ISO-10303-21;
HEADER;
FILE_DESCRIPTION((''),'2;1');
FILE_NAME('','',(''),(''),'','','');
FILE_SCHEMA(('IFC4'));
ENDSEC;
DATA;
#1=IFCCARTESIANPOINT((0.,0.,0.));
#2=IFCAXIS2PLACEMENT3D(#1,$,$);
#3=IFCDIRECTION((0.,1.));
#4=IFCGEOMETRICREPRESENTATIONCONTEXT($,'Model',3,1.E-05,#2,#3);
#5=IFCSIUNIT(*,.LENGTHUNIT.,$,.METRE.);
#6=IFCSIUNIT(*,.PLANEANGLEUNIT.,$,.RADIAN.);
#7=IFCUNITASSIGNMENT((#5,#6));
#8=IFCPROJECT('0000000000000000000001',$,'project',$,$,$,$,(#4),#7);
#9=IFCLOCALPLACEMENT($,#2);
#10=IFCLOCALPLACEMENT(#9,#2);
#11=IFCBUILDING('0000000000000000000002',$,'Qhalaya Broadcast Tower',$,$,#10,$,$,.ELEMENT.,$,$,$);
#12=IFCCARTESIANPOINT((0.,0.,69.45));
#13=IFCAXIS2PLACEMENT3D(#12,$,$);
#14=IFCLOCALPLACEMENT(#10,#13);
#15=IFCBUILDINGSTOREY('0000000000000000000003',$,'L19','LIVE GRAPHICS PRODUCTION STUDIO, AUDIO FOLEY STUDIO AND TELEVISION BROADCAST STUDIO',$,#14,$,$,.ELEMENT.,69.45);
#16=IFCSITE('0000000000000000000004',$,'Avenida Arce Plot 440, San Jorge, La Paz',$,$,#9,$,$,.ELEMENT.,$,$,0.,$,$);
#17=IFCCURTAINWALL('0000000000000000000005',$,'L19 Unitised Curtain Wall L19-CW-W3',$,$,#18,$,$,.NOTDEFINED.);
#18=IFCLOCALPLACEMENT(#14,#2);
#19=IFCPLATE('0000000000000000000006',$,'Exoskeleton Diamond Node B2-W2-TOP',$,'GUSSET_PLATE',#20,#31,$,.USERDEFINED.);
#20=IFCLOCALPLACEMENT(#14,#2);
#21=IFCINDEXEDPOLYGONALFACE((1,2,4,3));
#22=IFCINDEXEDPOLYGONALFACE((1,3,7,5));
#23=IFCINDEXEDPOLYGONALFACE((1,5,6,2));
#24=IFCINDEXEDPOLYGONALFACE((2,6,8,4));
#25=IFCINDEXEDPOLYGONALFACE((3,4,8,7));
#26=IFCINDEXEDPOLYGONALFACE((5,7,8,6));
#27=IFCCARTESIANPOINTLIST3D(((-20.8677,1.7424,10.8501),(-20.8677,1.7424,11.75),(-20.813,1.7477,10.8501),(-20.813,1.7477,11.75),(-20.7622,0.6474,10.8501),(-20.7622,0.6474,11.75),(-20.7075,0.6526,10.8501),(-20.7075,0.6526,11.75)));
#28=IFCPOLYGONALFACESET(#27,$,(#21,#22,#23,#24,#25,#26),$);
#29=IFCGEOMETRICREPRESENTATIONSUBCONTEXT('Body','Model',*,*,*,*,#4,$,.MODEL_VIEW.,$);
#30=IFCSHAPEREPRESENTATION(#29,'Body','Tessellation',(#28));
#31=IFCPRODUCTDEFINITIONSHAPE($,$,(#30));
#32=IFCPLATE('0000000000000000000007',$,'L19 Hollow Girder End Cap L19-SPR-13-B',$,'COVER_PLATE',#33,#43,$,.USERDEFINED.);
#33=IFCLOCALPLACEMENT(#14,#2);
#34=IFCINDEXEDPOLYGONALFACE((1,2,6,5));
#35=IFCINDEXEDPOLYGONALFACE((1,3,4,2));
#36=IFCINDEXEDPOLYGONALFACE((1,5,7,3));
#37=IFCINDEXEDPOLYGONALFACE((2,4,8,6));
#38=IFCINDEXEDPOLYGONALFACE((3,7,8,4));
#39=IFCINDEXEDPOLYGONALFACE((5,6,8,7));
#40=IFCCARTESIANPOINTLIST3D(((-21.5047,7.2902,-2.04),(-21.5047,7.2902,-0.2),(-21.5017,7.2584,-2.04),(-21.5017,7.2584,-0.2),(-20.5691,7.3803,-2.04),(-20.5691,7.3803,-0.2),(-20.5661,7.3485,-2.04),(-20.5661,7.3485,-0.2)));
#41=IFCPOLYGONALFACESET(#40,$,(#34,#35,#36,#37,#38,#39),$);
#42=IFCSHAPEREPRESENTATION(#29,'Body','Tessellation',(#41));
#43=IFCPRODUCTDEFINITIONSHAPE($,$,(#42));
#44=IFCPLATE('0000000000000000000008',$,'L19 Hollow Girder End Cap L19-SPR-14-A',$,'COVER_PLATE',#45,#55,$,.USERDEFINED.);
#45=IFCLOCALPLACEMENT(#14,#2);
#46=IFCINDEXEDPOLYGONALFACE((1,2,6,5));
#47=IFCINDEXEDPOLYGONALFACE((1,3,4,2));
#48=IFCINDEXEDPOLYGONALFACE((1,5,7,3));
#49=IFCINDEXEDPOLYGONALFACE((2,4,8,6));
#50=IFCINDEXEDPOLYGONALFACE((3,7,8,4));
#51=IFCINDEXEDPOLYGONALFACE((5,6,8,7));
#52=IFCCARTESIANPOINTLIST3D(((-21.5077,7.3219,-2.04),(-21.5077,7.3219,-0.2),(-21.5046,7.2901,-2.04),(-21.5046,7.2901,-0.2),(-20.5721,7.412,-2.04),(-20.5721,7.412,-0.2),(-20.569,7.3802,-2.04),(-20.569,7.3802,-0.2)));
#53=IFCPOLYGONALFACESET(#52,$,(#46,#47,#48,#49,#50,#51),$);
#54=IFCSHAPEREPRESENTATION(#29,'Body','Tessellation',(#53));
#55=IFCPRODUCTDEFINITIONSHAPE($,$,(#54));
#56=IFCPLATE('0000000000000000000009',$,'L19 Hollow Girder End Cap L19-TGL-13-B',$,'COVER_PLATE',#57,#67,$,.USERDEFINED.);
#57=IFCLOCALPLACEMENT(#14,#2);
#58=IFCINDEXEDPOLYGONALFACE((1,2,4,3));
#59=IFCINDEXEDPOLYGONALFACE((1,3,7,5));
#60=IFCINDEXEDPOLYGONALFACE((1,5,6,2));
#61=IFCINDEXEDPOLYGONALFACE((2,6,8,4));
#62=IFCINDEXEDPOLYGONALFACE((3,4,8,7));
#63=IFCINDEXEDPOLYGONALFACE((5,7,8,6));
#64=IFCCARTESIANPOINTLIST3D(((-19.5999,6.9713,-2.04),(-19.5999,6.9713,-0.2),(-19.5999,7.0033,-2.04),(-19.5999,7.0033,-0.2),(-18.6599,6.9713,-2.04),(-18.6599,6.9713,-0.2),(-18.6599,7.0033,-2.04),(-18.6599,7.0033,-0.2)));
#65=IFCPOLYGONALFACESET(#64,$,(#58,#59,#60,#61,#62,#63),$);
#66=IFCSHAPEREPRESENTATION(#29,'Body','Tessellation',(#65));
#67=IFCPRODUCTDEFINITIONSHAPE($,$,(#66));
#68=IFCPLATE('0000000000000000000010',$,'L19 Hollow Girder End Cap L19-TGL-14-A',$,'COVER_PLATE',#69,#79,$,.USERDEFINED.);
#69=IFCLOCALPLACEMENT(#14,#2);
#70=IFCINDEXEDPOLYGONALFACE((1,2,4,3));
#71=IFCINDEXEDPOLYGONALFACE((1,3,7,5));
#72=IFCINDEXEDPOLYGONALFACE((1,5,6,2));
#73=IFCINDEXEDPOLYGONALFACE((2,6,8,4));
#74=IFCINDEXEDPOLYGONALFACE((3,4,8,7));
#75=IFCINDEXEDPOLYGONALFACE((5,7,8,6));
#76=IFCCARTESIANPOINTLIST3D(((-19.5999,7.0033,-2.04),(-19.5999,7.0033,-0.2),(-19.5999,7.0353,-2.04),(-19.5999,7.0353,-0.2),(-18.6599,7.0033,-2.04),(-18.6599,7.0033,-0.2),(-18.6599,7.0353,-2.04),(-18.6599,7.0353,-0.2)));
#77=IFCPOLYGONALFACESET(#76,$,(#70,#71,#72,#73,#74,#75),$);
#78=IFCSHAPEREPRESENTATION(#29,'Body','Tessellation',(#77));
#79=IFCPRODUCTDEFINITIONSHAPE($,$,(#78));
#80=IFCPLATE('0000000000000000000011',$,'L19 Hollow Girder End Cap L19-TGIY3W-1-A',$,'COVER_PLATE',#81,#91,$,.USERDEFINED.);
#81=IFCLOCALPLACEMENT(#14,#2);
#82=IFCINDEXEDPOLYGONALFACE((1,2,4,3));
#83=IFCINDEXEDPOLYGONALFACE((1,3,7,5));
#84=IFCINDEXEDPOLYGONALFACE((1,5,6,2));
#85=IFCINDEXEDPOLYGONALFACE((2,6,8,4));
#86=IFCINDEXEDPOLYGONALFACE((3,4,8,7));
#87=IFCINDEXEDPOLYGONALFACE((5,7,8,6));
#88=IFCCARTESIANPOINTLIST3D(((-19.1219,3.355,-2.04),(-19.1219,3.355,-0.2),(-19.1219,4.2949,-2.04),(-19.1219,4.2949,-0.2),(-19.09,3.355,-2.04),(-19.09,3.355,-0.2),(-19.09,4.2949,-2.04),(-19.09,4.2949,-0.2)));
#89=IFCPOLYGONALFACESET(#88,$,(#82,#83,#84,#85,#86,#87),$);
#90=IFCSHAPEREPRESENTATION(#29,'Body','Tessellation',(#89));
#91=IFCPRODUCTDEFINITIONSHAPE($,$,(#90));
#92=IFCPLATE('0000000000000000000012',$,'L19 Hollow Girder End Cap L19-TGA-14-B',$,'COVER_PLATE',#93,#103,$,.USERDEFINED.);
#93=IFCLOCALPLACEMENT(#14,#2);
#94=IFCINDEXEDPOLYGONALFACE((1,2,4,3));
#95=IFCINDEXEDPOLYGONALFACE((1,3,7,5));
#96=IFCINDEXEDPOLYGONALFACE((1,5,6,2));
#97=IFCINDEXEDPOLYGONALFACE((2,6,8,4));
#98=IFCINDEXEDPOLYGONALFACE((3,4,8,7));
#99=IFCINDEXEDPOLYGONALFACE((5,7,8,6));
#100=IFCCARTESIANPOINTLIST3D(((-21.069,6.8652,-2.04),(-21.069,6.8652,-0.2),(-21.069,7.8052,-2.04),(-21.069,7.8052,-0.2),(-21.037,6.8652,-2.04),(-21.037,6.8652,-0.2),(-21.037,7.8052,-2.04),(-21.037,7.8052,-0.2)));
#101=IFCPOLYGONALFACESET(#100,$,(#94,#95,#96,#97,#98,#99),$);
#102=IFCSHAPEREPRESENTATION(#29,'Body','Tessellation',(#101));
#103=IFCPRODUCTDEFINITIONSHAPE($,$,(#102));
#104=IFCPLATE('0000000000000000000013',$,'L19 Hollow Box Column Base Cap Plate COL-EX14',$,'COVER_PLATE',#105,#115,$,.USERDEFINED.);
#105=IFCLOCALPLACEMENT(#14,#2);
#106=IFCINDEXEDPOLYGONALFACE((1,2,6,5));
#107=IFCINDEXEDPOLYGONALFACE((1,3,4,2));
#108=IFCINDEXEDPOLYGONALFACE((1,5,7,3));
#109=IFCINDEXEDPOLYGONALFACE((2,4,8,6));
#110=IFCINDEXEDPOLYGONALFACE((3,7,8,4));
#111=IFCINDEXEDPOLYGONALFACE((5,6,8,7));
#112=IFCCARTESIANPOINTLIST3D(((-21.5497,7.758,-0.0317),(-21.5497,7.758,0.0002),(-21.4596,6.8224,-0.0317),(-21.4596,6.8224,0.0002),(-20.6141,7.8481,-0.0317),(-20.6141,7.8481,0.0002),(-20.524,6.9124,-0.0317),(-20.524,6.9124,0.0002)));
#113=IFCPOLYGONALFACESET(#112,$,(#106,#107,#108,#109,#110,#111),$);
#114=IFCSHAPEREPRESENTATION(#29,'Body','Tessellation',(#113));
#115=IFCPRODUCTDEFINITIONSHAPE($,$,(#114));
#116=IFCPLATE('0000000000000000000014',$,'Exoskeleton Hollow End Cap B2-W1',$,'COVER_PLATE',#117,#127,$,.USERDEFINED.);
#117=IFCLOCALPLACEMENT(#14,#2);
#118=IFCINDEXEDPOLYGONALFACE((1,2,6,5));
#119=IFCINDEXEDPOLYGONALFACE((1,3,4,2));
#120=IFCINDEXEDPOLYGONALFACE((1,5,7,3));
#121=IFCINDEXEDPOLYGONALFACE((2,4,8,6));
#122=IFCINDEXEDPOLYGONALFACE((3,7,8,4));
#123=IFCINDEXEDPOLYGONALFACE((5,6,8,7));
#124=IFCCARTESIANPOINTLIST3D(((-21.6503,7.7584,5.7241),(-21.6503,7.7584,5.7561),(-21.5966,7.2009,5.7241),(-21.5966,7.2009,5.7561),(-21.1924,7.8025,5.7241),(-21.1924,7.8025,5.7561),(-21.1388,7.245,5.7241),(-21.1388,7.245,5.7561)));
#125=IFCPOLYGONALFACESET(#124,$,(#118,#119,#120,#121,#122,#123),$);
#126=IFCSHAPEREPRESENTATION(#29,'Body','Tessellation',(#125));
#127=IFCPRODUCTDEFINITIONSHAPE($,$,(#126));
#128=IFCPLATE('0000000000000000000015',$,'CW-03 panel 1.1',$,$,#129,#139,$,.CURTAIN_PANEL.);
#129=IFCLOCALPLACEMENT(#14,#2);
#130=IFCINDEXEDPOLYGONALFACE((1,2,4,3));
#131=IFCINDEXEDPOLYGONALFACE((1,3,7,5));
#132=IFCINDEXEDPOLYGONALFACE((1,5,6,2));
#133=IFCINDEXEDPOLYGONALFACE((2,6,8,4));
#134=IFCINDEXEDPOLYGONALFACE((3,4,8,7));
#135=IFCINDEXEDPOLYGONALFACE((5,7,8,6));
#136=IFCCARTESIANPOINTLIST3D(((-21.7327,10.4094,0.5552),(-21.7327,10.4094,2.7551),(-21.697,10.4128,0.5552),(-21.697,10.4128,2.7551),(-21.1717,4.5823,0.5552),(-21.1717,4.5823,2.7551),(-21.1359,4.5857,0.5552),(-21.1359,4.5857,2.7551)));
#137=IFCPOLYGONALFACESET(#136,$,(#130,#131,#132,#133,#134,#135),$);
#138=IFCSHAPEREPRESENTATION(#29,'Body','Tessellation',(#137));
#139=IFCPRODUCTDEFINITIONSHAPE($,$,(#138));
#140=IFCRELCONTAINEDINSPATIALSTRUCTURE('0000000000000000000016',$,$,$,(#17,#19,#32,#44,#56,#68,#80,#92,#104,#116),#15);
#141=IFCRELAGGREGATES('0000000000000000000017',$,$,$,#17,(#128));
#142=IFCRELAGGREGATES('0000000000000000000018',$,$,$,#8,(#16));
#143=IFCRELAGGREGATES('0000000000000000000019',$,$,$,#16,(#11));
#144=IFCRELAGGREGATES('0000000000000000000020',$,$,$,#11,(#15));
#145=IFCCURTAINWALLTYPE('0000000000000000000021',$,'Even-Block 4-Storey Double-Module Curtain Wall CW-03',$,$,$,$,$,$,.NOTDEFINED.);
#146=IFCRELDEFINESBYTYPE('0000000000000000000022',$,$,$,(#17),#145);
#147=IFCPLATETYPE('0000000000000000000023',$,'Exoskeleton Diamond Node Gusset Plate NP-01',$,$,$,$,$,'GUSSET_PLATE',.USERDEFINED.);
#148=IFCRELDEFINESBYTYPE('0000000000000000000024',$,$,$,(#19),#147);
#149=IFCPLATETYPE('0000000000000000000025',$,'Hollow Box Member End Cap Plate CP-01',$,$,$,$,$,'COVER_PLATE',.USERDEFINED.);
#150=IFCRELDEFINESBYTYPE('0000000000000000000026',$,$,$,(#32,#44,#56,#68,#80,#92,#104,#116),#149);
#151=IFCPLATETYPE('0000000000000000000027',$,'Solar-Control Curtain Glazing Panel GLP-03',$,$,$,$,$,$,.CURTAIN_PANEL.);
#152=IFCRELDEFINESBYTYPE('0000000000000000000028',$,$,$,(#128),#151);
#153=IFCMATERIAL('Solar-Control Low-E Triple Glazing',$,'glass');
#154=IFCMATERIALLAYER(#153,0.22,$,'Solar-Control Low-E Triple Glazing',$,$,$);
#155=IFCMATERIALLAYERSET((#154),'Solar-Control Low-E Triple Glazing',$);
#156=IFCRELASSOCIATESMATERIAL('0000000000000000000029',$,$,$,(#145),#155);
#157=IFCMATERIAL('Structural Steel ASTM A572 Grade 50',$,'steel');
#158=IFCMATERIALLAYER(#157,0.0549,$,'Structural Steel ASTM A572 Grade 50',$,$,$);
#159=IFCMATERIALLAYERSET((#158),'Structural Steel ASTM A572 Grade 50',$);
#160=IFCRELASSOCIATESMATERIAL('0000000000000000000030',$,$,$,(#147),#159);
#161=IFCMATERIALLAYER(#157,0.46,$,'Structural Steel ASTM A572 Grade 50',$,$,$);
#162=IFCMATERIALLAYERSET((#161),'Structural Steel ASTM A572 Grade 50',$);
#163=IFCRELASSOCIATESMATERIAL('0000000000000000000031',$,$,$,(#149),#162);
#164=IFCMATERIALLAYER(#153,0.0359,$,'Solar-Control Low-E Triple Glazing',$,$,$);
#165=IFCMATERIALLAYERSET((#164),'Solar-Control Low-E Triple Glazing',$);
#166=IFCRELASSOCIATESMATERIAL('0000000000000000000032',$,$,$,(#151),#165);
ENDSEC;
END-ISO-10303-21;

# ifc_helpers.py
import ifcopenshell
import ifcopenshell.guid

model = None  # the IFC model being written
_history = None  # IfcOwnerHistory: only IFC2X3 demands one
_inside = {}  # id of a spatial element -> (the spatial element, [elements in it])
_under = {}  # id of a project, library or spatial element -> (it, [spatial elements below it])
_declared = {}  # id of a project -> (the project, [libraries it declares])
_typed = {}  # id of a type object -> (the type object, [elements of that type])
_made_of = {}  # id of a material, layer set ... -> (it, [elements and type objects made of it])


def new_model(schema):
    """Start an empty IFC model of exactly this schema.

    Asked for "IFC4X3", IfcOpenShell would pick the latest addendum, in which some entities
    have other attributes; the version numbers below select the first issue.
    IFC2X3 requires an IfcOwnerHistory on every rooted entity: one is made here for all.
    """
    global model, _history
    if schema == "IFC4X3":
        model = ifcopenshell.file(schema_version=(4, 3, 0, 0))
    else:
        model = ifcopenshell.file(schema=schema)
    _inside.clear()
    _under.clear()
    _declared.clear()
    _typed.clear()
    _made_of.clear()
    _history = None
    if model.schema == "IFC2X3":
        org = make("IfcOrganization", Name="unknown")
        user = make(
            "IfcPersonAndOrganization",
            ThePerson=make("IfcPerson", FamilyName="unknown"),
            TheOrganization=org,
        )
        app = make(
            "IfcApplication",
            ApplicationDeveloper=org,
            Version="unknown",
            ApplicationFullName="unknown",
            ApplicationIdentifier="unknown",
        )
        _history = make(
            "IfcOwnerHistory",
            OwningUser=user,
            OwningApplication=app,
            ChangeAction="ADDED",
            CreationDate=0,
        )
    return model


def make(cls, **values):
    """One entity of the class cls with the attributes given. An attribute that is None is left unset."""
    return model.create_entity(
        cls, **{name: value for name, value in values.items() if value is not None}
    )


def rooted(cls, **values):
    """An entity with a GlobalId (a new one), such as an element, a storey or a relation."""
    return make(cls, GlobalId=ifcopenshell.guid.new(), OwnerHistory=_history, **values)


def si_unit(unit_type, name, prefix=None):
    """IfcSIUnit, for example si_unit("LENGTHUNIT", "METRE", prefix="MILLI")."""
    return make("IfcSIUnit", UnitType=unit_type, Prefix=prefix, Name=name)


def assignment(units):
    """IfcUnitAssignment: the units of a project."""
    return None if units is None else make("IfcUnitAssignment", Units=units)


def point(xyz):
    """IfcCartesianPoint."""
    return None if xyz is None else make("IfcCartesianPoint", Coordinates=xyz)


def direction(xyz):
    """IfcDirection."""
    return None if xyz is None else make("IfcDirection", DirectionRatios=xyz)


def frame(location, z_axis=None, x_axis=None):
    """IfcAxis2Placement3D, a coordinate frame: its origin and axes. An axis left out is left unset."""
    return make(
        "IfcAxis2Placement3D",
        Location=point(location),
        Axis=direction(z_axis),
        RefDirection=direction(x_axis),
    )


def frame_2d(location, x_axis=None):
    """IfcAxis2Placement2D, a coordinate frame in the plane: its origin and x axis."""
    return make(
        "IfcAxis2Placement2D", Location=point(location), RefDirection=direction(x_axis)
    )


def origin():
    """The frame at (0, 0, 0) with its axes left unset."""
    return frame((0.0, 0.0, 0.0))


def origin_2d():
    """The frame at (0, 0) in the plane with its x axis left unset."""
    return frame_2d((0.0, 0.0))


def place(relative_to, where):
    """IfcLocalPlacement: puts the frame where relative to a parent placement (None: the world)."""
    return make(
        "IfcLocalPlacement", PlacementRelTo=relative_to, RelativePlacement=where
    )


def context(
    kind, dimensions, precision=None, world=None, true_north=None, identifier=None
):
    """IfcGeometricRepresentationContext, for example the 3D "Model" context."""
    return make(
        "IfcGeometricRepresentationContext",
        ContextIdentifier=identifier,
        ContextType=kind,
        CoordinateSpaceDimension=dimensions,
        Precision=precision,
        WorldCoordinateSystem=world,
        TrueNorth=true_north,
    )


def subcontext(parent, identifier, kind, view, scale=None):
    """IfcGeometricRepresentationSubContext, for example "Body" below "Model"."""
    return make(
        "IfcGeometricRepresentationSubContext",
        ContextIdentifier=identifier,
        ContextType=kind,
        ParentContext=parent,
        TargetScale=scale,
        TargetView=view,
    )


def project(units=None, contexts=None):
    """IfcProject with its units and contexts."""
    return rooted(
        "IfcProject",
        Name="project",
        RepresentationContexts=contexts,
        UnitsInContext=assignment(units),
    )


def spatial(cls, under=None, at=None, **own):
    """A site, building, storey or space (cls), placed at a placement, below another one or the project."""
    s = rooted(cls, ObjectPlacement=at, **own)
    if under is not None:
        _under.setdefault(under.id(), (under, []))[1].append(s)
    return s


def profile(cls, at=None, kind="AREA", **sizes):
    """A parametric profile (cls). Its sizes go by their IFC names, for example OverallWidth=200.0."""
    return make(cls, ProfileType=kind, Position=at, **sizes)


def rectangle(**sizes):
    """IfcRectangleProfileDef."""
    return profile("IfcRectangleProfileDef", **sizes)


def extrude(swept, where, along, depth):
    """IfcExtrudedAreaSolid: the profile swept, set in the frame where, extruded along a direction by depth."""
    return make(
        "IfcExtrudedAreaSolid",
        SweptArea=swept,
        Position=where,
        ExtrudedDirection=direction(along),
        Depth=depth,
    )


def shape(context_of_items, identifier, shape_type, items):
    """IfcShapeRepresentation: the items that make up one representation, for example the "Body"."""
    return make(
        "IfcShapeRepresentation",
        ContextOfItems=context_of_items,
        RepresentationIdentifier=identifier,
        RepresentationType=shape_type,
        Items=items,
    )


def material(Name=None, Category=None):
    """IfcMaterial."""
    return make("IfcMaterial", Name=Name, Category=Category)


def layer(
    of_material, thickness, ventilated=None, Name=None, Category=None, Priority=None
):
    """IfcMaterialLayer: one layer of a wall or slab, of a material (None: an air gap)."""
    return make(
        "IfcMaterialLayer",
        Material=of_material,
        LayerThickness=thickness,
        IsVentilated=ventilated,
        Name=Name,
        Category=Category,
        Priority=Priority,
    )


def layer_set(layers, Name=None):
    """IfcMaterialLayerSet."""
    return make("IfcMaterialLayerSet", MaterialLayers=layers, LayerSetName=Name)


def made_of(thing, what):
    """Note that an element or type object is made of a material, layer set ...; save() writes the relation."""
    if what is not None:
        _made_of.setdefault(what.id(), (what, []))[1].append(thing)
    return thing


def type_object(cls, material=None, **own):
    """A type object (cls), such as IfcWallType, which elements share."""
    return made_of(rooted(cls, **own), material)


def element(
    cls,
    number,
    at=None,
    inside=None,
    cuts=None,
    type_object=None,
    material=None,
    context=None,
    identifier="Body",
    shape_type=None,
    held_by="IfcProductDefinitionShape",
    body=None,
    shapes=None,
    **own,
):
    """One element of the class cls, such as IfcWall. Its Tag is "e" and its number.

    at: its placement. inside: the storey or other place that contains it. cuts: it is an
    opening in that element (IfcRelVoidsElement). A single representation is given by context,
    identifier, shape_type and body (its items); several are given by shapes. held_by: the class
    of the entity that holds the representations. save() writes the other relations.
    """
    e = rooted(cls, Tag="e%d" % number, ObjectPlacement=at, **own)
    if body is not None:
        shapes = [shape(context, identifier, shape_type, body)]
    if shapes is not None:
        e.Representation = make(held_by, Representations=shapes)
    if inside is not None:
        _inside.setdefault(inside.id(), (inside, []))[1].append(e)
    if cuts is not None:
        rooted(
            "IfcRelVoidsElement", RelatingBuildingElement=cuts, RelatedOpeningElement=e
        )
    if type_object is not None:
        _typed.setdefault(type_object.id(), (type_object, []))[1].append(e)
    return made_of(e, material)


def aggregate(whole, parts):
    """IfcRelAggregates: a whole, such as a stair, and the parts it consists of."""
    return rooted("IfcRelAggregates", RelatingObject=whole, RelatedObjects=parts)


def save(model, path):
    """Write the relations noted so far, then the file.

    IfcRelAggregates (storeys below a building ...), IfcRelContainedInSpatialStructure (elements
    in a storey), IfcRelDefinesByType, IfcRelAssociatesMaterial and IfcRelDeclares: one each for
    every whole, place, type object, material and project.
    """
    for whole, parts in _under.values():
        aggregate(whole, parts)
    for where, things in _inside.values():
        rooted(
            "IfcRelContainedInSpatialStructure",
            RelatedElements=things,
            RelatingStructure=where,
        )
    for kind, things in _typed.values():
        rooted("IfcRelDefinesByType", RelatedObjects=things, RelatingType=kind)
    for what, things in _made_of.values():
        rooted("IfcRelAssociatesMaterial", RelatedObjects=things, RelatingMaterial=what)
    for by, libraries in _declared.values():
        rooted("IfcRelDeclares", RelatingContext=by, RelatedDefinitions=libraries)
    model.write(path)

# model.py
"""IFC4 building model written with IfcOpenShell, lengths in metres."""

from ifc_helpers import new_model, si_unit, direction, frame, origin, origin_2d, place, context, subcontext, project, spatial, rectangle, extrude, material, layer, layer_set, type_object, element, aggregate, save


model = new_model("IFC4")

# Units and contexts
model_context = context("Model", 3, precision=1e-05, world=origin(), true_north=direction((0.0, 1.0)))
body_context = subcontext(model_context, "Body", "Model", "MODEL_VIEW")
ifc_project = project(units=[si_unit("LENGTHUNIT", "METRE"), si_unit("PLANEANGLEUNIT", "RADIAN")], contexts=[model_context])

# Site, building, storey
site_placement = place(None, origin())
site = spatial("IfcSite", under=ifc_project, at=site_placement, Name="Avenida Arce Plot 440, San Jorge, La Paz", CompositionType="ELEMENT", RefElevation=0.0)
building_placement = place(site_placement, origin())
building = spatial("IfcBuilding", under=site, at=building_placement, Name="Qhalaya Broadcast Tower", CompositionType="ELEMENT")
storey_placement = place(building_placement, frame((0.0, 0.0, 69.45)))
storey = spatial("IfcBuildingStorey", under=building, at=storey_placement, Name="L19", Description="LIVE GRAPHICS PRODUCTION STUDIO, AUDIO FOLEY STUDIO AND TELEVISION BROADCAST STUDIO", CompositionType="ELEMENT", Elevation=69.45)

# Shared definitions
ifc_material_1 = material(Name="Structural Steel ASTM A572 Grade 50", Category="steel")

# Curtain wall
ifc_material_2 = material(Name="Solar-Control Low-E Triple Glazing", Category="glass")
ifc_layer_1 = layer(ifc_material_2, 0.22, Name="Solar-Control Low-E Triple Glazing")
ifc_layer_set_1 = layer_set([ifc_layer_1], Name="Solar-Control Low-E Triple Glazing")
curtain_wall_type_1 = type_object("IfcCurtainWallType", Name="Even-Block 4-Storey Double-Module Curtain Wall CW-03", PredefinedType="NOTDEFINED", material=ifc_layer_set_1)
curtain_wall_1_placement = place(storey_placement, origin())
curtain_wall_1 = element("IfcCurtainWall", 1, at=curtain_wall_1_placement, inside=storey, type_object=curtain_wall_type_1, Name="L19 Unitised Curtain Wall L19-CW-W3", PredefinedType="NOTDEFINED")

# Plates
ifc_layer_2 = layer(ifc_material_1, 0.0549, Name="Structural Steel ASTM A572 Grade 50")
ifc_layer_set_2 = layer_set([ifc_layer_2], Name="Structural Steel ASTM A572 Grade 50")
plate_type_1 = type_object("IfcPlateType", Name="Exoskeleton Diamond Node Gusset Plate NP-01", ElementType="GUSSET_PLATE", PredefinedType="USERDEFINED", material=ifc_layer_set_2)
plate_1_placement = place(storey_placement, frame((-20.7876, 1.1975, 10.8501), z_axis=(0.0, 0.0, 1.0), x_axis=(-0.095846, 0.995396, 0.0)))
element("IfcPlate", 2, at=plate_1_placement, inside=storey, type_object=plate_type_1, Name="Exoskeleton Diamond Node B2-W2-TOP", ObjectType="GUSSET_PLATE", PredefinedType="USERDEFINED", context=body_context, shape_type="SweptSolid", body=[
    extrude(rectangle(XDim=1.1001, YDim=0.0549, at=origin_2d()), origin(), (0.0, 0.0, 1.0), 0.8999),
])
ifc_layer_3 = layer(ifc_material_1, 0.46, Name="Structural Steel ASTM A572 Grade 50")
ifc_layer_set_3 = layer_set([ifc_layer_3], Name="Structural Steel ASTM A572 Grade 50")
plate_type_2 = type_object("IfcPlateType", Name="Hollow Box Member End Cap Plate CP-01", ElementType="COVER_PLATE", PredefinedType="USERDEFINED", material=ifc_layer_set_3)
for number, where, z_axis, x_axis, name in (
    (3, (-21.0354, 7.3193, -2.04), (0.0, 0.0, 1.0), (0.995396, 0.095846, 0.0), "L19 Hollow Girder End Cap L19-SPR-13-B"),
    (4, (-21.0383, 7.3511, -2.04), (0.0, 0.0, 1.0), (0.995396, 0.095846, 0.0), "L19 Hollow Girder End Cap L19-SPR-14-A"),
    (5, (-19.1299, 6.9873, -2.04), (0.0, 0.0, 1.0), (1.0, 0.0, 0.0), "L19 Hollow Girder End Cap L19-TGL-13-B"),
    (6, (-19.1299, 7.0193, -2.04), (0.0, 0.0, 1.0), (1.0, 0.0, 0.0), "L19 Hollow Girder End Cap L19-TGL-14-A"),
    (7, (-19.106, 3.825, -2.04), (0.0, 0.0, 1.0), (0.0, 1.0, 0.0), "L19 Hollow Girder End Cap L19-TGIY3W-1-A"),
    (8, (-21.053, 7.3352, -2.04), (0.0, 0.0, 1.0), (0.0, -1.0, 0.0), "L19 Hollow Girder End Cap L19-TGA-14-B"),
):
    element("IfcPlate", number, at=place(storey_placement, frame(where, z_axis=z_axis, x_axis=x_axis)), inside=storey, type_object=plate_type_2, Name=name, ObjectType="COVER_PLATE", PredefinedType="USERDEFINED", context=body_context, shape_type="SweptSolid", body=[
        extrude(rectangle(XDim=0.9399, YDim=0.032, at=origin_2d()), origin(), (0.0, 0.0, 1.0), 1.8401),
    ])
plate_2_placement = place(storey_placement, frame((-21.0369, 7.3352, -0.0317), z_axis=(0.0, 0.0, 1.0), x_axis=(-0.095846, 0.995396, 0.0)))
element("IfcPlate", 9, at=plate_2_placement, inside=storey, type_object=plate_type_2, Name="L19 Hollow Box Column Base Cap Plate COL-EX14", ObjectType="COVER_PLATE", PredefinedType="USERDEFINED", context=body_context, shape_type="SweptSolid", body=[
    extrude(rectangle(XDim=0.9399, YDim=0.9399, at=origin_2d()), origin(), (0.0, 0.0, 1.0), 0.032),
])
plate_3_placement = place(storey_placement, frame((-21.3945, 7.5017, 5.7241), z_axis=(0.0, 0.0, 1.0), x_axis=(-0.095846, 0.995396, 0.0)))
element("IfcPlate", 10, at=plate_3_placement, inside=storey, type_object=plate_type_2, Name="Exoskeleton Hollow End Cap B2-W1", ObjectType="COVER_PLATE", PredefinedType="USERDEFINED", context=body_context, shape_type="SweptSolid", body=[
    extrude(rectangle(XDim=0.5601, YDim=0.46, at=origin_2d()), origin(), (0.0, 0.0, 1.0), 0.032),
])

# Plate
ifc_layer_4 = layer(ifc_material_2, 0.0359, Name="Solar-Control Low-E Triple Glazing")
ifc_layer_set_4 = layer_set([ifc_layer_4], Name="Solar-Control Low-E Triple Glazing")
plate_type_3 = type_object("IfcPlateType", Name="Solar-Control Curtain Glazing Panel GLP-03", PredefinedType="CURTAIN_PANEL", material=ifc_layer_set_4)
plate_4_placement = place(storey_placement, frame((-21.4343, 7.4976, 0.5552), z_axis=(0.0, 0.0, 1.0), x_axis=(0.095837, -0.995397, 0.0)))
plate_4 = element("IfcPlate", 11, at=plate_4_placement, type_object=plate_type_3, Name="CW-03 panel 1.1", PredefinedType="CURTAIN_PANEL", context=body_context, shape_type="SweptSolid", body=[
    extrude(rectangle(XDim=5.854, YDim=0.0359, at=origin_2d()), origin(), (0.0, 0.0, 1.0), 2.2),
])
aggregate(curtain_wall_1, [plate_4])

save(model, "model.ifc")
